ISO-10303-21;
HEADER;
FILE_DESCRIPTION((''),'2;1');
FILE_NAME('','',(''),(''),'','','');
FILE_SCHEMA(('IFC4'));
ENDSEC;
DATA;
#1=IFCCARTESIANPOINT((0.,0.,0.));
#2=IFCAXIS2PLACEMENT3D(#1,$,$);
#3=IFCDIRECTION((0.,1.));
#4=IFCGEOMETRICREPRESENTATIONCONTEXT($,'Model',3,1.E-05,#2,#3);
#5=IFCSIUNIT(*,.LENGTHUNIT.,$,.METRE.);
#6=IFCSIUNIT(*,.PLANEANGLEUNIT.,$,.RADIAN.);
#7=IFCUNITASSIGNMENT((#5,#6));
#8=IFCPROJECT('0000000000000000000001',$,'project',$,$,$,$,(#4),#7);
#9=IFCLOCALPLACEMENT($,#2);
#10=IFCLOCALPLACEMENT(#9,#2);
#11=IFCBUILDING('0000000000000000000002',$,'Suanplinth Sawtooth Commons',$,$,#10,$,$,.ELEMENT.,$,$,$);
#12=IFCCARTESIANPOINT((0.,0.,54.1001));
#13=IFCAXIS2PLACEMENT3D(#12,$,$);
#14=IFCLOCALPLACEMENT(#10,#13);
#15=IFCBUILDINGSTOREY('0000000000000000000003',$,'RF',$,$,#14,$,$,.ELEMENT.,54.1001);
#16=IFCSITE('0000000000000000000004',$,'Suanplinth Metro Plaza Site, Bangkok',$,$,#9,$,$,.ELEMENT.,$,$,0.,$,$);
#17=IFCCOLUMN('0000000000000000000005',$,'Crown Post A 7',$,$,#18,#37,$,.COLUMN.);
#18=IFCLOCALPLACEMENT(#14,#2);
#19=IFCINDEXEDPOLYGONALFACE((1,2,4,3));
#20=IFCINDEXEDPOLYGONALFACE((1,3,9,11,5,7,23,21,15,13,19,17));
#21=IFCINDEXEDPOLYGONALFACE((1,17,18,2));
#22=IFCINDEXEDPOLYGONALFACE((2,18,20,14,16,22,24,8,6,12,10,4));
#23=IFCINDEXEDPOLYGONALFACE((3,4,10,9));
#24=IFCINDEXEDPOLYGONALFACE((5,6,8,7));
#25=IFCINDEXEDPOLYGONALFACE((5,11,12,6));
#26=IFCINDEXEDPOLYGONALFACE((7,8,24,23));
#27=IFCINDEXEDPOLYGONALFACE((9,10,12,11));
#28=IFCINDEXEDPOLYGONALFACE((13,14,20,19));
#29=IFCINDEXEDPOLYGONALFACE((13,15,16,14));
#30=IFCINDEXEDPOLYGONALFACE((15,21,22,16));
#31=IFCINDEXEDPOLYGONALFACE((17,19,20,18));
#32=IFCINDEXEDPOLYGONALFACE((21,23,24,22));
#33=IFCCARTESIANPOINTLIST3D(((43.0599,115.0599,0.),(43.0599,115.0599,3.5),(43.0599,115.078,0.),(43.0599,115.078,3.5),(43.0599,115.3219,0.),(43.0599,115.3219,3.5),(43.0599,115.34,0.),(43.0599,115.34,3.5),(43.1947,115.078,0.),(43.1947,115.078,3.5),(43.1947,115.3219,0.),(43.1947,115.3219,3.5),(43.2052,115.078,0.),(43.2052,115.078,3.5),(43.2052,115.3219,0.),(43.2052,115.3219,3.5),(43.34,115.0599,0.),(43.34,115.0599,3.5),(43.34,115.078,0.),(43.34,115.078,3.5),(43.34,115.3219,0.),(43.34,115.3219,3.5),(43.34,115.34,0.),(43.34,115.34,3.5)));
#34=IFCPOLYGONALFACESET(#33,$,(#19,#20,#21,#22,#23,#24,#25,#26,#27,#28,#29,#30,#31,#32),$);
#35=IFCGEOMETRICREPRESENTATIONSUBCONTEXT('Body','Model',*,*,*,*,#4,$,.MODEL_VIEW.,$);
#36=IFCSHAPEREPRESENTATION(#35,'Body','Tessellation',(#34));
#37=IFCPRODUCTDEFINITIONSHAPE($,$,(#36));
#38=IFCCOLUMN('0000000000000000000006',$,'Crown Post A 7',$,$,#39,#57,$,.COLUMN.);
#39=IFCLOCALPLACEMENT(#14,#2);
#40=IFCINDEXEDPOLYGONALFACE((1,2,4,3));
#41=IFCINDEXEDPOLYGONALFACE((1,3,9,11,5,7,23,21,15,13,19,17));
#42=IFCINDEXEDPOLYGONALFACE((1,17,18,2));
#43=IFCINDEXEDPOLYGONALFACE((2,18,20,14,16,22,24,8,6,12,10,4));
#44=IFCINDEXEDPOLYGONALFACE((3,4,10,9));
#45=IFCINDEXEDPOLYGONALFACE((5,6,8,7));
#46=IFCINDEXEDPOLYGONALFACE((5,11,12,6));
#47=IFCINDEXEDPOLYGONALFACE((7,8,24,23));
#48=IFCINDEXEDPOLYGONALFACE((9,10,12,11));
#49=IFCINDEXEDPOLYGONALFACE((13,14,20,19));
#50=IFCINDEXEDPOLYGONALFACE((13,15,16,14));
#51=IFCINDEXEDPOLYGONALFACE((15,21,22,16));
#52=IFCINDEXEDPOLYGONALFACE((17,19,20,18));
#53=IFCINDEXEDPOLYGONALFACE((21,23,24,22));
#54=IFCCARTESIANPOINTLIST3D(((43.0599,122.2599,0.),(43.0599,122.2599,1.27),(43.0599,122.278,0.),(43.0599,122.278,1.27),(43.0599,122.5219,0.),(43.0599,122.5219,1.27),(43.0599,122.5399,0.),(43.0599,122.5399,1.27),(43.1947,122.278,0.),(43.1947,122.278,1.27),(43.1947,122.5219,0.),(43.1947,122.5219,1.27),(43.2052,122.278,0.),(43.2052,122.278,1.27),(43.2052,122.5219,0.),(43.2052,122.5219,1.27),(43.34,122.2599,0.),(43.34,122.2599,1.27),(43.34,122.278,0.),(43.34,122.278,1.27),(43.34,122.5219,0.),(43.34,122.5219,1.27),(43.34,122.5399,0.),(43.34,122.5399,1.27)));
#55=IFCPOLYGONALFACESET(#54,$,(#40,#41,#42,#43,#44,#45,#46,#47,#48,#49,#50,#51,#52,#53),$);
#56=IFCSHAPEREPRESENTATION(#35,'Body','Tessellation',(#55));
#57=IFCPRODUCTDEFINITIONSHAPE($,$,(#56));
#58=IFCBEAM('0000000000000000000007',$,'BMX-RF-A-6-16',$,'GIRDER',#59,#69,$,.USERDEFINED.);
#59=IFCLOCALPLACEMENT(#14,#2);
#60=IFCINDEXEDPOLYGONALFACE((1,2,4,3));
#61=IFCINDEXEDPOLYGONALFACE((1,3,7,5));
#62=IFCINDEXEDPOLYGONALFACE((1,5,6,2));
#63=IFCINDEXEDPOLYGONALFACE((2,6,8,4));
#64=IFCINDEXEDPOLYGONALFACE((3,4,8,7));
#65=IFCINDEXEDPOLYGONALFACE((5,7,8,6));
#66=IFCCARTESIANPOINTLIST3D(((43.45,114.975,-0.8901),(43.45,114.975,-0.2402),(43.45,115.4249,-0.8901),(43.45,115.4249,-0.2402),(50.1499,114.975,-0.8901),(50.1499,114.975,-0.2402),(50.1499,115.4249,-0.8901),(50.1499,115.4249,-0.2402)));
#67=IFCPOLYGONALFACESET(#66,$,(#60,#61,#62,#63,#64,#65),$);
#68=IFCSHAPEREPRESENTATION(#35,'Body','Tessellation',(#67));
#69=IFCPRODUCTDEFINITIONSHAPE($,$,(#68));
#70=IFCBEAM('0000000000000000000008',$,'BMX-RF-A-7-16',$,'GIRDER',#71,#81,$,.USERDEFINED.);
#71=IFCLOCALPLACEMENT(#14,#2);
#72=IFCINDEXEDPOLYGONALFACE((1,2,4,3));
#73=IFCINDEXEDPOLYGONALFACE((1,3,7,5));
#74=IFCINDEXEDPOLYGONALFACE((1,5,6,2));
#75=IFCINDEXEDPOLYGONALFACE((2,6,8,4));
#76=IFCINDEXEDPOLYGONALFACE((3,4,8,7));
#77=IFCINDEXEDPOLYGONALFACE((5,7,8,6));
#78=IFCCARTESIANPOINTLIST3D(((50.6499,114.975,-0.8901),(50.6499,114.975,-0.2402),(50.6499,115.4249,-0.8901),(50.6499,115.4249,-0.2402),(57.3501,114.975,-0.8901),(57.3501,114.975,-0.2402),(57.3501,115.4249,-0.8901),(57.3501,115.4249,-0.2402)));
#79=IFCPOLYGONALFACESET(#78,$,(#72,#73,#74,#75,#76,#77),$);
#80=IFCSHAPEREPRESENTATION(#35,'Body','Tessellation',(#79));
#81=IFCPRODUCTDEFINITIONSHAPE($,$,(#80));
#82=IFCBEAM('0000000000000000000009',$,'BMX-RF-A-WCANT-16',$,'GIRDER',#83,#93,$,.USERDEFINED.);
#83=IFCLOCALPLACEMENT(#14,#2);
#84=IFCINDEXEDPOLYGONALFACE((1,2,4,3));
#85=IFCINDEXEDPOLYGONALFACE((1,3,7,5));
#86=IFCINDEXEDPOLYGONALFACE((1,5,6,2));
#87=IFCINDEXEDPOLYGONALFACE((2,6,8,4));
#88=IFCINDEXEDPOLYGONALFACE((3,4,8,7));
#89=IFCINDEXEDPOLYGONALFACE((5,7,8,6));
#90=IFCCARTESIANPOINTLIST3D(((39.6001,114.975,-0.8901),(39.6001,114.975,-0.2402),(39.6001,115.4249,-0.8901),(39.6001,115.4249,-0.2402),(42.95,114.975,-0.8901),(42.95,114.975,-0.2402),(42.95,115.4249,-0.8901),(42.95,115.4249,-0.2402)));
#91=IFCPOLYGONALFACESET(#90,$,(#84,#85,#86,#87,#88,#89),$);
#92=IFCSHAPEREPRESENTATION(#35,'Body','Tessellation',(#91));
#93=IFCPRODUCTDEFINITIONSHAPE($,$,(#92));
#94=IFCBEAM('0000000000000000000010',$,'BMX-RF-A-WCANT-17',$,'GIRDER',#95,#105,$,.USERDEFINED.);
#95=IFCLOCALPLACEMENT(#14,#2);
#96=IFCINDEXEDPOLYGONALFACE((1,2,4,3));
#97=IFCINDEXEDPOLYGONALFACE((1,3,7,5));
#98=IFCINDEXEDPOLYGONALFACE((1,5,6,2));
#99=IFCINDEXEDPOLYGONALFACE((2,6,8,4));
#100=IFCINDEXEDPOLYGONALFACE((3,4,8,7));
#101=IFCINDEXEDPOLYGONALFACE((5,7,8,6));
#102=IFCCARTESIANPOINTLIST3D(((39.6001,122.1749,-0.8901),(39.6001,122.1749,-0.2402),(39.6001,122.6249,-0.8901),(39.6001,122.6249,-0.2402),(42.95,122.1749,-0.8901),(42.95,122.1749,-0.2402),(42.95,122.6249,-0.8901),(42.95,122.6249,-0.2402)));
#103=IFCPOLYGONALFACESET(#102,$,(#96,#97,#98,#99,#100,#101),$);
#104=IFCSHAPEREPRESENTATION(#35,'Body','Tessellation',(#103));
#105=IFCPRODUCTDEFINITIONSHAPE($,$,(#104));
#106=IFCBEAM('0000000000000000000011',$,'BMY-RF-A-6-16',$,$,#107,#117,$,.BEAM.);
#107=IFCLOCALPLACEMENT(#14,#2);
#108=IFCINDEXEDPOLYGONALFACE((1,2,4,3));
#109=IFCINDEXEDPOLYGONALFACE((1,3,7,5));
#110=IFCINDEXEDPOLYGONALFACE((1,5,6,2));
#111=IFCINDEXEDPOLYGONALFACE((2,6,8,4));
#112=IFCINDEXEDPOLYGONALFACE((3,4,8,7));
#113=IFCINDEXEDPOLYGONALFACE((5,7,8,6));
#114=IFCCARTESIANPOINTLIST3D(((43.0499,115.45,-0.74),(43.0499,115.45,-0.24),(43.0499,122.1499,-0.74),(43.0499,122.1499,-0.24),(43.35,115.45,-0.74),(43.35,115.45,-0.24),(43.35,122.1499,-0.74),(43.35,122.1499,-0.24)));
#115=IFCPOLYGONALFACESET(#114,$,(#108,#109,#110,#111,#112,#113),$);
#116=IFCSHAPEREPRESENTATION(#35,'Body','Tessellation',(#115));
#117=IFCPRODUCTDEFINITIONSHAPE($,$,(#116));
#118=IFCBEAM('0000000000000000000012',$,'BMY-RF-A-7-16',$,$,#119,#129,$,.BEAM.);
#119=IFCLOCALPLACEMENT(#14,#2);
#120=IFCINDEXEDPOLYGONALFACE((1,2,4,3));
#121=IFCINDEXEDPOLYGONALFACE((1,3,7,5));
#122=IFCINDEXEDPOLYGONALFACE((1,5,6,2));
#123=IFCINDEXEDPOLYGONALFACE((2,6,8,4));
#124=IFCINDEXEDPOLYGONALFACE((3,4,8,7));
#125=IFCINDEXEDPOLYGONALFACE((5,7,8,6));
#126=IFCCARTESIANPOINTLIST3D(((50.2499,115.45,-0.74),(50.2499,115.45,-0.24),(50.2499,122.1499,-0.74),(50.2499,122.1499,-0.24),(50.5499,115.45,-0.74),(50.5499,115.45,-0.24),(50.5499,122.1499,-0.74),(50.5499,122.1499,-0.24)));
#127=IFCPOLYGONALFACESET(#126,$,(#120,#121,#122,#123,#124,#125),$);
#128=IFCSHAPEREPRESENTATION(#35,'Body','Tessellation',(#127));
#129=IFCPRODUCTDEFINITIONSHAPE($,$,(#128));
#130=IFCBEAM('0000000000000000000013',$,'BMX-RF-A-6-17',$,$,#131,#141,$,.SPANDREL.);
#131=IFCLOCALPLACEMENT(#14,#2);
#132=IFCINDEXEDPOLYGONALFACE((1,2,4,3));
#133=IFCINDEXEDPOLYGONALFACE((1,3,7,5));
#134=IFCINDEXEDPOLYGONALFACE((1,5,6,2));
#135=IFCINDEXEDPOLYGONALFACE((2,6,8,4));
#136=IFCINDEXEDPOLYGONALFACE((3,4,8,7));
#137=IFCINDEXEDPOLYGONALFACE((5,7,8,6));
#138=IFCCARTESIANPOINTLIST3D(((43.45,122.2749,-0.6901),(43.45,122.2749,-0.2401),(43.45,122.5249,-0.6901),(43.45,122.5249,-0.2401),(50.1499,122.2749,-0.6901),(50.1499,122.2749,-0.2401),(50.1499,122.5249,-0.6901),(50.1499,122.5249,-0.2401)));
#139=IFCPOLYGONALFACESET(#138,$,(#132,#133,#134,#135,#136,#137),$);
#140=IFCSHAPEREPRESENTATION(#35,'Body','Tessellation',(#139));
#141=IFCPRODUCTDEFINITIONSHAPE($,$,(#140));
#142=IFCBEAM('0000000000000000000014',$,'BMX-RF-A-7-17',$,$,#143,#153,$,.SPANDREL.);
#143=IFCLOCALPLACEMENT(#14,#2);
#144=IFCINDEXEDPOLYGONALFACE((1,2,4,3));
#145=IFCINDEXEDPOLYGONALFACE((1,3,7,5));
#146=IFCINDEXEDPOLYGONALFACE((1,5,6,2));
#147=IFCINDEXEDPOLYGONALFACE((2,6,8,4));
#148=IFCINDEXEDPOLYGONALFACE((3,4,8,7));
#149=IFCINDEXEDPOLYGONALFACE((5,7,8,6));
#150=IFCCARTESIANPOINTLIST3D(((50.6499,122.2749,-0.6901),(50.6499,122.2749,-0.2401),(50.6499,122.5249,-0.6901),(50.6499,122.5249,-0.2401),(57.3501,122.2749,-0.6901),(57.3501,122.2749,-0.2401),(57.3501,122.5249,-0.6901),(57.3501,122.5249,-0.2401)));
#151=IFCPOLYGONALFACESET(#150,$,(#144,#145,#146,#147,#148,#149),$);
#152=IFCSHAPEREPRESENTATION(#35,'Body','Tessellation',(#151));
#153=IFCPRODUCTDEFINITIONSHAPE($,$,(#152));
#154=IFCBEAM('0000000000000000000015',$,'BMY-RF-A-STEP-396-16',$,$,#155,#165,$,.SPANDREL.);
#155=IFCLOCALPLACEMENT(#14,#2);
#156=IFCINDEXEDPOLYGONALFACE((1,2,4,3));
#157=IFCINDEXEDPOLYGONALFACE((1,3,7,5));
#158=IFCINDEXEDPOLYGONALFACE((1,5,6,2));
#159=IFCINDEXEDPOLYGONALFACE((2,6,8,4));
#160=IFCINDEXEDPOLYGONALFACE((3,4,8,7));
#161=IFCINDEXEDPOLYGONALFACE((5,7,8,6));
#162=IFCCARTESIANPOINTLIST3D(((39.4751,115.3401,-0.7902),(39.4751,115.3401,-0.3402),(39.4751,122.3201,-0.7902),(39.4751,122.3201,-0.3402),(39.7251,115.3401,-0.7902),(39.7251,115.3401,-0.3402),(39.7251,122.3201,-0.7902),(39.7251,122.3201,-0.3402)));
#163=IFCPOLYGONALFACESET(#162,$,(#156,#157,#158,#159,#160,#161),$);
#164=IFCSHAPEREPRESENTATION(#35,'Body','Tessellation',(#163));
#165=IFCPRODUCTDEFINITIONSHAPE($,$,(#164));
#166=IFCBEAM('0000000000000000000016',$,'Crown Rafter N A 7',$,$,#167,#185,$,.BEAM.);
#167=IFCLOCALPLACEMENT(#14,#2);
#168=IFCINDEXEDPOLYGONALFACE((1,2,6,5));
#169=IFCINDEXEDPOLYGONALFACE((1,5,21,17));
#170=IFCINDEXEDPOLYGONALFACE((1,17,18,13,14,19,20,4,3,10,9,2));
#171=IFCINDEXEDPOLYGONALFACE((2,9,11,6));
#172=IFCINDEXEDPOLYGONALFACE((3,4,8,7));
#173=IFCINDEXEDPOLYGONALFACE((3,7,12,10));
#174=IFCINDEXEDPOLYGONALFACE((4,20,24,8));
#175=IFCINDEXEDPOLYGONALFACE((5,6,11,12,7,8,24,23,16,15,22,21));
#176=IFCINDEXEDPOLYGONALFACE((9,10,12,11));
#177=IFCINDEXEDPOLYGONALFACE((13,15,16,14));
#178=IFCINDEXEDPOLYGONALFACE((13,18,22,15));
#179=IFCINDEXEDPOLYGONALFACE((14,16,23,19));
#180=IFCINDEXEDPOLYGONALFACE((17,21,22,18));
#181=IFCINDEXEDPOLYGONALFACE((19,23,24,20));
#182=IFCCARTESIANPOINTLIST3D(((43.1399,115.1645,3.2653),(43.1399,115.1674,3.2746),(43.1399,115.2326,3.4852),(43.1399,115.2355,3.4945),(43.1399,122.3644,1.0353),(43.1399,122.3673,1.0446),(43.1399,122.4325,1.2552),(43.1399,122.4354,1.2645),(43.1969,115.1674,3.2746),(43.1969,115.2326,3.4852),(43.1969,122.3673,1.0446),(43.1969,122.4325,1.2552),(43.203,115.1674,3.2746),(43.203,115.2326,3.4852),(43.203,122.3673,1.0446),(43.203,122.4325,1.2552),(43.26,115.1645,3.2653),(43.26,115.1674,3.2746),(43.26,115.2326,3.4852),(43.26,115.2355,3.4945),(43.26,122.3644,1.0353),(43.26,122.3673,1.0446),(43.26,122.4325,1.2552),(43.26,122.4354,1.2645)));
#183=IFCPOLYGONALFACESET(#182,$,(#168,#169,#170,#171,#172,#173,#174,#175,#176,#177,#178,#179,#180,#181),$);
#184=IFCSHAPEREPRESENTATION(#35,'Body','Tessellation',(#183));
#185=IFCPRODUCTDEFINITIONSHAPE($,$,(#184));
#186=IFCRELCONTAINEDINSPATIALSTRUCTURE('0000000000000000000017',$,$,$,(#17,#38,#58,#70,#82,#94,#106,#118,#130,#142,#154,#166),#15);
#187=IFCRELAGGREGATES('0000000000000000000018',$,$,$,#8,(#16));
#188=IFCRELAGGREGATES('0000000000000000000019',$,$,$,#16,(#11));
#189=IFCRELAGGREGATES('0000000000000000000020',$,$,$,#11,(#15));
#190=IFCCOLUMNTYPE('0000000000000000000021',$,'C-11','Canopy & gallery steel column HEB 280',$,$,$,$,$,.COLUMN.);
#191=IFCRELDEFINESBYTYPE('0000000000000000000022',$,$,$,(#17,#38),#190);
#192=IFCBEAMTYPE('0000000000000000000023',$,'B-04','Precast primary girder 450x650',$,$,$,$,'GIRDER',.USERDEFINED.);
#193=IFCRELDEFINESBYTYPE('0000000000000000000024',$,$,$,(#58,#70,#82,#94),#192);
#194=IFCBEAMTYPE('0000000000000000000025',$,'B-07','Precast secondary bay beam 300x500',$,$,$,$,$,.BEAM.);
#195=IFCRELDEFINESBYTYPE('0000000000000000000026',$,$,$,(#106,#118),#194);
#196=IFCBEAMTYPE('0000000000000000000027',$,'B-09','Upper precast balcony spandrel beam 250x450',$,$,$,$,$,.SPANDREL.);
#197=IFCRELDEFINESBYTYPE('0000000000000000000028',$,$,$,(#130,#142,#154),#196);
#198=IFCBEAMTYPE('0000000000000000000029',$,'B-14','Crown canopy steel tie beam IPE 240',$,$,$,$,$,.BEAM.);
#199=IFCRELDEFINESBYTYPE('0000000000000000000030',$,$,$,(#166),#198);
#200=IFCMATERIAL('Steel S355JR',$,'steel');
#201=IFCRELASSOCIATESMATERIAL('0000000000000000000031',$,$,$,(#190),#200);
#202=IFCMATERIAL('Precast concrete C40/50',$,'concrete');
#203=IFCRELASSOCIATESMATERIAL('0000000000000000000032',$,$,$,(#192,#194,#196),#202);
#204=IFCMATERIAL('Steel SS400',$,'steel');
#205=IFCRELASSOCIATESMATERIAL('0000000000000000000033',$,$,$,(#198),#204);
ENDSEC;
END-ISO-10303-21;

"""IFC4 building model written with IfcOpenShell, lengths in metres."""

from ifc_helpers import new_model, si_unit, direction, frame, origin, origin_2d, place, context, subcontext, project, spatial, rectangle, i_section, extrude, material, material_profile, profile_set, type_object, element, save


model = new_model("IFC4")

# Units and contexts
model_context = context("Model", 3, precision=1e-05, world=origin(), true_north=direction((0.0, 1.0)))
body_context = subcontext(model_context, "Body", "Model", "MODEL_VIEW")
ifc_project = project(units=[si_unit("LENGTHUNIT", "METRE"), si_unit("PLANEANGLEUNIT", "RADIAN")], contexts=[model_context])

# Site, building, storey
site_placement = place(None, origin())
site = spatial("IfcSite", under=ifc_project, at=site_placement, Name="Suanplinth Metro Plaza Site, Bangkok", CompositionType="ELEMENT", RefElevation=0.0)
building_placement = place(site_placement, origin())
building = spatial("IfcBuilding", under=site, at=building_placement, Name="Suanplinth Sawtooth Commons", CompositionType="ELEMENT")
storey_placement = place(building_placement, frame((0.0, 0.0, 54.1001)))
storey = spatial("IfcBuildingStorey", under=building, at=storey_placement, Name="RF", CompositionType="ELEMENT", Elevation=54.1001)

# Columns
ifc_material_1 = material(Name="Steel S355JR", Category="steel")
ifc_material_profile_1 = material_profile(ifc_material_1, i_section(OverallWidth=0.28, OverallDepth=0.28, WebThickness=0.0105, FlangeThickness=0.0181, at=origin_2d()), Name="HEB 280")
ifc_profile_set_1 = profile_set([ifc_material_profile_1], Name="Steel S355JR")
column_type = type_object("IfcColumnType", Name="C-11", Description="Canopy & gallery steel column HEB 280", PredefinedType="COLUMN", material=ifc_profile_set_1)
column_1_placement = place(storey_placement, frame((43.2, 115.2, 0.0), z_axis=(0.0, 0.0, 1.0), x_axis=(1.0, 0.0, 0.0)))
element("IfcColumn", 1, at=column_1_placement, inside=storey, type_object=column_type, Name="Crown Post A 7", PredefinedType="COLUMN", context=body_context, shape_type="SweptSolid", body=[
    extrude(i_section(OverallWidth=0.28, OverallDepth=0.28, WebThickness=0.0105, FlangeThickness=0.0181, at=origin_2d()), origin(), (0.0, 0.0, 1.0), 3.5),
])
column_2_placement = place(storey_placement, frame((43.2, 122.3999, 0.0), z_axis=(0.0, 0.0, 1.0), x_axis=(1.0, 0.0, 0.0)))
element("IfcColumn", 2, at=column_2_placement, inside=storey, type_object=column_type, Name="Crown Post A 7", PredefinedType="COLUMN", context=body_context, shape_type="SweptSolid", body=[
    extrude(i_section(OverallWidth=0.28, OverallDepth=0.28, WebThickness=0.0105, FlangeThickness=0.0181, at=origin_2d()), origin(), (0.0, 0.0, 1.0), 1.27),
])

# Beams
ifc_material_2 = material(Name="Precast concrete C40/50", Category="concrete")
ifc_material_profile_2 = material_profile(ifc_material_2, rectangle(XDim=0.45, YDim=0.6499, at=origin_2d()), Name="PC-GDR 450x650")
ifc_profile_set_2 = profile_set([ifc_material_profile_2], Name="Precast concrete C40/50")
beam_type_1 = type_object("IfcBeamType", Name="B-04", Description="Precast primary girder 450x650", ElementType="GIRDER", PredefinedType="USERDEFINED", material=ifc_profile_set_2)
beam_1_placement = place(storey_placement, frame((43.45, 115.2, -0.5652), z_axis=(1.0, 0.0, 0.0), x_axis=(0.0, 1.0, 0.0)))
element("IfcBeam", 3, at=beam_1_placement, inside=storey, type_object=beam_type_1, Name="BMX-RF-A-6-16", ObjectType="GIRDER", PredefinedType="USERDEFINED", context=body_context, shape_type="SweptSolid", body=[
    extrude(rectangle(XDim=0.45, YDim=0.6499, at=origin_2d()), origin(), (0.0, 0.0, 1.0), 6.7),
])
beam_2_placement = place(storey_placement, frame((50.6499, 115.2, -0.5652), z_axis=(1.0, 0.0, 0.0), x_axis=(0.0, 1.0, 0.0)))
element("IfcBeam", 4, at=beam_2_placement, inside=storey, type_object=beam_type_1, Name="BMX-RF-A-7-16", ObjectType="GIRDER", PredefinedType="USERDEFINED", context=body_context, shape_type="SweptSolid", body=[
    extrude(rectangle(XDim=0.45, YDim=0.6499, at=origin_2d()), origin(), (0.0, 0.0, 1.0), 6.7002),
])
for number, where, z_axis, x_axis, name in (
    (5, (42.95, 115.2, -0.5652), (-1.0, 0.0, 0.0), (0.0, -1.0, 0.0), "BMX-RF-A-WCANT-16"),
    (6, (42.95, 122.3999, -0.5652), (-1.0, 0.0, 0.0), (0.0, -1.0, 0.0), "BMX-RF-A-WCANT-17"),
):
    element("IfcBeam", number, at=place(storey_placement, frame(where, z_axis=z_axis, x_axis=x_axis)), inside=storey, type_object=beam_type_1, Name=name, ObjectType="GIRDER", PredefinedType="USERDEFINED", context=body_context, shape_type="SweptSolid", body=[
        extrude(rectangle(XDim=0.45, YDim=0.6499, at=origin_2d()), origin(), (0.0, 0.0, 1.0), 3.3499),
    ])
ifc_material_profile_3 = material_profile(ifc_material_2, rectangle(XDim=0.3, YDim=0.5, at=origin_2d()), Name="PC-BM 300x500")
ifc_profile_set_3 = profile_set([ifc_material_profile_3], Name="Precast concrete C40/50")
beam_type_2 = type_object("IfcBeamType", Name="B-07", Description="Precast secondary bay beam 300x500", PredefinedType="BEAM", material=ifc_profile_set_3)
for number, where, z_axis, x_axis, name in (
    (7, (43.2, 115.45, -0.49), (0.0, 1.0, 0.0), (-1.0, 0.0, 0.0), "BMY-RF-A-6-16"),
    (8, (50.3999, 115.45, -0.49), (0.0, 1.0, 0.0), (-1.0, 0.0, 0.0), "BMY-RF-A-7-16"),
):
    element("IfcBeam", number, at=place(storey_placement, frame(where, z_axis=z_axis, x_axis=x_axis)), inside=storey, type_object=beam_type_2, Name=name, PredefinedType="BEAM", context=body_context, shape_type="SweptSolid", body=[
        extrude(rectangle(XDim=0.3, YDim=0.5, at=origin_2d()), origin(), (0.0, 0.0, 1.0), 6.7),
    ])
ifc_material_profile_4 = material_profile(ifc_material_2, rectangle(XDim=0.25, YDim=0.45, at=origin_2d()), Name="PC-SP 250x450")
ifc_profile_set_4 = profile_set([ifc_material_profile_4], Name="Precast concrete C40/50")
beam_type_3 = type_object("IfcBeamType", Name="B-09", Description="Upper precast balcony spandrel beam 250x450", PredefinedType="SPANDREL", material=ifc_profile_set_4)
beam_3_placement = place(storey_placement, frame((43.45, 122.3999, -0.4651), z_axis=(1.0, 0.0, 0.0), x_axis=(0.0, 1.0, 0.0)))
element("IfcBeam", 9, at=beam_3_placement, inside=storey, type_object=beam_type_3, Name="BMX-RF-A-6-17", PredefinedType="SPANDREL", context=body_context, shape_type="SweptSolid", body=[
    extrude(rectangle(XDim=0.25, YDim=0.45, at=origin_2d()), origin(), (0.0, 0.0, 1.0), 6.7),
])
beam_4_placement = place(storey_placement, frame((50.6499, 122.3999, -0.4651), z_axis=(1.0, 0.0, 0.0), x_axis=(0.0, 1.0, 0.0)))
element("IfcBeam", 10, at=beam_4_placement, inside=storey, type_object=beam_type_3, Name="BMX-RF-A-7-17", PredefinedType="SPANDREL", context=body_context, shape_type="SweptSolid", body=[
    extrude(rectangle(XDim=0.25, YDim=0.45, at=origin_2d()), origin(), (0.0, 0.0, 1.0), 6.7002),
])
beam_5_placement = place(storey_placement, frame((39.6001, 115.3401, -0.5652), z_axis=(0.0, 1.0, 0.0), x_axis=(-1.0, 0.0, 0.0)))
element("IfcBeam", 11, at=beam_5_placement, inside=storey, type_object=beam_type_3, Name="BMY-RF-A-STEP-396-16", PredefinedType="SPANDREL", context=body_context, shape_type="SweptSolid", body=[
    extrude(rectangle(XDim=0.25, YDim=0.45, at=origin_2d()), origin(), (0.0, 0.0, 1.0), 6.98),
])
ifc_material_3 = material(Name="Steel SS400", Category="steel")
ifc_material_profile_5 = material_profile(ifc_material_3, i_section(OverallWidth=0.1201, OverallDepth=0.24, WebThickness=0.0061, FlangeThickness=0.0098, at=origin_2d()), Name="IPE 240")
ifc_profile_set_5 = profile_set([ifc_material_profile_5], Name="Steel SS400")
beam_type_4 = type_object("IfcBeamType", Name="B-14", Description="Crown canopy steel tie beam IPE 240", PredefinedType="BEAM", material=ifc_profile_set_5)
beam_6_placement = place(storey_placement, frame((43.2, 122.3999, 1.1499), z_axis=(0.0, -0.955233, 0.295856), x_axis=(1.0, 0.0, 0.0)))
element("IfcBeam", 12, at=beam_6_placement, inside=storey, type_object=beam_type_4, Name="Crown Rafter N A 7", PredefinedType="BEAM", context=body_context, shape_type="SweptSolid", body=[
    extrude(i_section(OverallWidth=0.1201, OverallDepth=0.24, WebThickness=0.0061, FlangeThickness=0.0098, at=origin_2d()), origin(), (0.0, 0.0, 1.0), 7.5374),
])

save(model, "model.ifc")
